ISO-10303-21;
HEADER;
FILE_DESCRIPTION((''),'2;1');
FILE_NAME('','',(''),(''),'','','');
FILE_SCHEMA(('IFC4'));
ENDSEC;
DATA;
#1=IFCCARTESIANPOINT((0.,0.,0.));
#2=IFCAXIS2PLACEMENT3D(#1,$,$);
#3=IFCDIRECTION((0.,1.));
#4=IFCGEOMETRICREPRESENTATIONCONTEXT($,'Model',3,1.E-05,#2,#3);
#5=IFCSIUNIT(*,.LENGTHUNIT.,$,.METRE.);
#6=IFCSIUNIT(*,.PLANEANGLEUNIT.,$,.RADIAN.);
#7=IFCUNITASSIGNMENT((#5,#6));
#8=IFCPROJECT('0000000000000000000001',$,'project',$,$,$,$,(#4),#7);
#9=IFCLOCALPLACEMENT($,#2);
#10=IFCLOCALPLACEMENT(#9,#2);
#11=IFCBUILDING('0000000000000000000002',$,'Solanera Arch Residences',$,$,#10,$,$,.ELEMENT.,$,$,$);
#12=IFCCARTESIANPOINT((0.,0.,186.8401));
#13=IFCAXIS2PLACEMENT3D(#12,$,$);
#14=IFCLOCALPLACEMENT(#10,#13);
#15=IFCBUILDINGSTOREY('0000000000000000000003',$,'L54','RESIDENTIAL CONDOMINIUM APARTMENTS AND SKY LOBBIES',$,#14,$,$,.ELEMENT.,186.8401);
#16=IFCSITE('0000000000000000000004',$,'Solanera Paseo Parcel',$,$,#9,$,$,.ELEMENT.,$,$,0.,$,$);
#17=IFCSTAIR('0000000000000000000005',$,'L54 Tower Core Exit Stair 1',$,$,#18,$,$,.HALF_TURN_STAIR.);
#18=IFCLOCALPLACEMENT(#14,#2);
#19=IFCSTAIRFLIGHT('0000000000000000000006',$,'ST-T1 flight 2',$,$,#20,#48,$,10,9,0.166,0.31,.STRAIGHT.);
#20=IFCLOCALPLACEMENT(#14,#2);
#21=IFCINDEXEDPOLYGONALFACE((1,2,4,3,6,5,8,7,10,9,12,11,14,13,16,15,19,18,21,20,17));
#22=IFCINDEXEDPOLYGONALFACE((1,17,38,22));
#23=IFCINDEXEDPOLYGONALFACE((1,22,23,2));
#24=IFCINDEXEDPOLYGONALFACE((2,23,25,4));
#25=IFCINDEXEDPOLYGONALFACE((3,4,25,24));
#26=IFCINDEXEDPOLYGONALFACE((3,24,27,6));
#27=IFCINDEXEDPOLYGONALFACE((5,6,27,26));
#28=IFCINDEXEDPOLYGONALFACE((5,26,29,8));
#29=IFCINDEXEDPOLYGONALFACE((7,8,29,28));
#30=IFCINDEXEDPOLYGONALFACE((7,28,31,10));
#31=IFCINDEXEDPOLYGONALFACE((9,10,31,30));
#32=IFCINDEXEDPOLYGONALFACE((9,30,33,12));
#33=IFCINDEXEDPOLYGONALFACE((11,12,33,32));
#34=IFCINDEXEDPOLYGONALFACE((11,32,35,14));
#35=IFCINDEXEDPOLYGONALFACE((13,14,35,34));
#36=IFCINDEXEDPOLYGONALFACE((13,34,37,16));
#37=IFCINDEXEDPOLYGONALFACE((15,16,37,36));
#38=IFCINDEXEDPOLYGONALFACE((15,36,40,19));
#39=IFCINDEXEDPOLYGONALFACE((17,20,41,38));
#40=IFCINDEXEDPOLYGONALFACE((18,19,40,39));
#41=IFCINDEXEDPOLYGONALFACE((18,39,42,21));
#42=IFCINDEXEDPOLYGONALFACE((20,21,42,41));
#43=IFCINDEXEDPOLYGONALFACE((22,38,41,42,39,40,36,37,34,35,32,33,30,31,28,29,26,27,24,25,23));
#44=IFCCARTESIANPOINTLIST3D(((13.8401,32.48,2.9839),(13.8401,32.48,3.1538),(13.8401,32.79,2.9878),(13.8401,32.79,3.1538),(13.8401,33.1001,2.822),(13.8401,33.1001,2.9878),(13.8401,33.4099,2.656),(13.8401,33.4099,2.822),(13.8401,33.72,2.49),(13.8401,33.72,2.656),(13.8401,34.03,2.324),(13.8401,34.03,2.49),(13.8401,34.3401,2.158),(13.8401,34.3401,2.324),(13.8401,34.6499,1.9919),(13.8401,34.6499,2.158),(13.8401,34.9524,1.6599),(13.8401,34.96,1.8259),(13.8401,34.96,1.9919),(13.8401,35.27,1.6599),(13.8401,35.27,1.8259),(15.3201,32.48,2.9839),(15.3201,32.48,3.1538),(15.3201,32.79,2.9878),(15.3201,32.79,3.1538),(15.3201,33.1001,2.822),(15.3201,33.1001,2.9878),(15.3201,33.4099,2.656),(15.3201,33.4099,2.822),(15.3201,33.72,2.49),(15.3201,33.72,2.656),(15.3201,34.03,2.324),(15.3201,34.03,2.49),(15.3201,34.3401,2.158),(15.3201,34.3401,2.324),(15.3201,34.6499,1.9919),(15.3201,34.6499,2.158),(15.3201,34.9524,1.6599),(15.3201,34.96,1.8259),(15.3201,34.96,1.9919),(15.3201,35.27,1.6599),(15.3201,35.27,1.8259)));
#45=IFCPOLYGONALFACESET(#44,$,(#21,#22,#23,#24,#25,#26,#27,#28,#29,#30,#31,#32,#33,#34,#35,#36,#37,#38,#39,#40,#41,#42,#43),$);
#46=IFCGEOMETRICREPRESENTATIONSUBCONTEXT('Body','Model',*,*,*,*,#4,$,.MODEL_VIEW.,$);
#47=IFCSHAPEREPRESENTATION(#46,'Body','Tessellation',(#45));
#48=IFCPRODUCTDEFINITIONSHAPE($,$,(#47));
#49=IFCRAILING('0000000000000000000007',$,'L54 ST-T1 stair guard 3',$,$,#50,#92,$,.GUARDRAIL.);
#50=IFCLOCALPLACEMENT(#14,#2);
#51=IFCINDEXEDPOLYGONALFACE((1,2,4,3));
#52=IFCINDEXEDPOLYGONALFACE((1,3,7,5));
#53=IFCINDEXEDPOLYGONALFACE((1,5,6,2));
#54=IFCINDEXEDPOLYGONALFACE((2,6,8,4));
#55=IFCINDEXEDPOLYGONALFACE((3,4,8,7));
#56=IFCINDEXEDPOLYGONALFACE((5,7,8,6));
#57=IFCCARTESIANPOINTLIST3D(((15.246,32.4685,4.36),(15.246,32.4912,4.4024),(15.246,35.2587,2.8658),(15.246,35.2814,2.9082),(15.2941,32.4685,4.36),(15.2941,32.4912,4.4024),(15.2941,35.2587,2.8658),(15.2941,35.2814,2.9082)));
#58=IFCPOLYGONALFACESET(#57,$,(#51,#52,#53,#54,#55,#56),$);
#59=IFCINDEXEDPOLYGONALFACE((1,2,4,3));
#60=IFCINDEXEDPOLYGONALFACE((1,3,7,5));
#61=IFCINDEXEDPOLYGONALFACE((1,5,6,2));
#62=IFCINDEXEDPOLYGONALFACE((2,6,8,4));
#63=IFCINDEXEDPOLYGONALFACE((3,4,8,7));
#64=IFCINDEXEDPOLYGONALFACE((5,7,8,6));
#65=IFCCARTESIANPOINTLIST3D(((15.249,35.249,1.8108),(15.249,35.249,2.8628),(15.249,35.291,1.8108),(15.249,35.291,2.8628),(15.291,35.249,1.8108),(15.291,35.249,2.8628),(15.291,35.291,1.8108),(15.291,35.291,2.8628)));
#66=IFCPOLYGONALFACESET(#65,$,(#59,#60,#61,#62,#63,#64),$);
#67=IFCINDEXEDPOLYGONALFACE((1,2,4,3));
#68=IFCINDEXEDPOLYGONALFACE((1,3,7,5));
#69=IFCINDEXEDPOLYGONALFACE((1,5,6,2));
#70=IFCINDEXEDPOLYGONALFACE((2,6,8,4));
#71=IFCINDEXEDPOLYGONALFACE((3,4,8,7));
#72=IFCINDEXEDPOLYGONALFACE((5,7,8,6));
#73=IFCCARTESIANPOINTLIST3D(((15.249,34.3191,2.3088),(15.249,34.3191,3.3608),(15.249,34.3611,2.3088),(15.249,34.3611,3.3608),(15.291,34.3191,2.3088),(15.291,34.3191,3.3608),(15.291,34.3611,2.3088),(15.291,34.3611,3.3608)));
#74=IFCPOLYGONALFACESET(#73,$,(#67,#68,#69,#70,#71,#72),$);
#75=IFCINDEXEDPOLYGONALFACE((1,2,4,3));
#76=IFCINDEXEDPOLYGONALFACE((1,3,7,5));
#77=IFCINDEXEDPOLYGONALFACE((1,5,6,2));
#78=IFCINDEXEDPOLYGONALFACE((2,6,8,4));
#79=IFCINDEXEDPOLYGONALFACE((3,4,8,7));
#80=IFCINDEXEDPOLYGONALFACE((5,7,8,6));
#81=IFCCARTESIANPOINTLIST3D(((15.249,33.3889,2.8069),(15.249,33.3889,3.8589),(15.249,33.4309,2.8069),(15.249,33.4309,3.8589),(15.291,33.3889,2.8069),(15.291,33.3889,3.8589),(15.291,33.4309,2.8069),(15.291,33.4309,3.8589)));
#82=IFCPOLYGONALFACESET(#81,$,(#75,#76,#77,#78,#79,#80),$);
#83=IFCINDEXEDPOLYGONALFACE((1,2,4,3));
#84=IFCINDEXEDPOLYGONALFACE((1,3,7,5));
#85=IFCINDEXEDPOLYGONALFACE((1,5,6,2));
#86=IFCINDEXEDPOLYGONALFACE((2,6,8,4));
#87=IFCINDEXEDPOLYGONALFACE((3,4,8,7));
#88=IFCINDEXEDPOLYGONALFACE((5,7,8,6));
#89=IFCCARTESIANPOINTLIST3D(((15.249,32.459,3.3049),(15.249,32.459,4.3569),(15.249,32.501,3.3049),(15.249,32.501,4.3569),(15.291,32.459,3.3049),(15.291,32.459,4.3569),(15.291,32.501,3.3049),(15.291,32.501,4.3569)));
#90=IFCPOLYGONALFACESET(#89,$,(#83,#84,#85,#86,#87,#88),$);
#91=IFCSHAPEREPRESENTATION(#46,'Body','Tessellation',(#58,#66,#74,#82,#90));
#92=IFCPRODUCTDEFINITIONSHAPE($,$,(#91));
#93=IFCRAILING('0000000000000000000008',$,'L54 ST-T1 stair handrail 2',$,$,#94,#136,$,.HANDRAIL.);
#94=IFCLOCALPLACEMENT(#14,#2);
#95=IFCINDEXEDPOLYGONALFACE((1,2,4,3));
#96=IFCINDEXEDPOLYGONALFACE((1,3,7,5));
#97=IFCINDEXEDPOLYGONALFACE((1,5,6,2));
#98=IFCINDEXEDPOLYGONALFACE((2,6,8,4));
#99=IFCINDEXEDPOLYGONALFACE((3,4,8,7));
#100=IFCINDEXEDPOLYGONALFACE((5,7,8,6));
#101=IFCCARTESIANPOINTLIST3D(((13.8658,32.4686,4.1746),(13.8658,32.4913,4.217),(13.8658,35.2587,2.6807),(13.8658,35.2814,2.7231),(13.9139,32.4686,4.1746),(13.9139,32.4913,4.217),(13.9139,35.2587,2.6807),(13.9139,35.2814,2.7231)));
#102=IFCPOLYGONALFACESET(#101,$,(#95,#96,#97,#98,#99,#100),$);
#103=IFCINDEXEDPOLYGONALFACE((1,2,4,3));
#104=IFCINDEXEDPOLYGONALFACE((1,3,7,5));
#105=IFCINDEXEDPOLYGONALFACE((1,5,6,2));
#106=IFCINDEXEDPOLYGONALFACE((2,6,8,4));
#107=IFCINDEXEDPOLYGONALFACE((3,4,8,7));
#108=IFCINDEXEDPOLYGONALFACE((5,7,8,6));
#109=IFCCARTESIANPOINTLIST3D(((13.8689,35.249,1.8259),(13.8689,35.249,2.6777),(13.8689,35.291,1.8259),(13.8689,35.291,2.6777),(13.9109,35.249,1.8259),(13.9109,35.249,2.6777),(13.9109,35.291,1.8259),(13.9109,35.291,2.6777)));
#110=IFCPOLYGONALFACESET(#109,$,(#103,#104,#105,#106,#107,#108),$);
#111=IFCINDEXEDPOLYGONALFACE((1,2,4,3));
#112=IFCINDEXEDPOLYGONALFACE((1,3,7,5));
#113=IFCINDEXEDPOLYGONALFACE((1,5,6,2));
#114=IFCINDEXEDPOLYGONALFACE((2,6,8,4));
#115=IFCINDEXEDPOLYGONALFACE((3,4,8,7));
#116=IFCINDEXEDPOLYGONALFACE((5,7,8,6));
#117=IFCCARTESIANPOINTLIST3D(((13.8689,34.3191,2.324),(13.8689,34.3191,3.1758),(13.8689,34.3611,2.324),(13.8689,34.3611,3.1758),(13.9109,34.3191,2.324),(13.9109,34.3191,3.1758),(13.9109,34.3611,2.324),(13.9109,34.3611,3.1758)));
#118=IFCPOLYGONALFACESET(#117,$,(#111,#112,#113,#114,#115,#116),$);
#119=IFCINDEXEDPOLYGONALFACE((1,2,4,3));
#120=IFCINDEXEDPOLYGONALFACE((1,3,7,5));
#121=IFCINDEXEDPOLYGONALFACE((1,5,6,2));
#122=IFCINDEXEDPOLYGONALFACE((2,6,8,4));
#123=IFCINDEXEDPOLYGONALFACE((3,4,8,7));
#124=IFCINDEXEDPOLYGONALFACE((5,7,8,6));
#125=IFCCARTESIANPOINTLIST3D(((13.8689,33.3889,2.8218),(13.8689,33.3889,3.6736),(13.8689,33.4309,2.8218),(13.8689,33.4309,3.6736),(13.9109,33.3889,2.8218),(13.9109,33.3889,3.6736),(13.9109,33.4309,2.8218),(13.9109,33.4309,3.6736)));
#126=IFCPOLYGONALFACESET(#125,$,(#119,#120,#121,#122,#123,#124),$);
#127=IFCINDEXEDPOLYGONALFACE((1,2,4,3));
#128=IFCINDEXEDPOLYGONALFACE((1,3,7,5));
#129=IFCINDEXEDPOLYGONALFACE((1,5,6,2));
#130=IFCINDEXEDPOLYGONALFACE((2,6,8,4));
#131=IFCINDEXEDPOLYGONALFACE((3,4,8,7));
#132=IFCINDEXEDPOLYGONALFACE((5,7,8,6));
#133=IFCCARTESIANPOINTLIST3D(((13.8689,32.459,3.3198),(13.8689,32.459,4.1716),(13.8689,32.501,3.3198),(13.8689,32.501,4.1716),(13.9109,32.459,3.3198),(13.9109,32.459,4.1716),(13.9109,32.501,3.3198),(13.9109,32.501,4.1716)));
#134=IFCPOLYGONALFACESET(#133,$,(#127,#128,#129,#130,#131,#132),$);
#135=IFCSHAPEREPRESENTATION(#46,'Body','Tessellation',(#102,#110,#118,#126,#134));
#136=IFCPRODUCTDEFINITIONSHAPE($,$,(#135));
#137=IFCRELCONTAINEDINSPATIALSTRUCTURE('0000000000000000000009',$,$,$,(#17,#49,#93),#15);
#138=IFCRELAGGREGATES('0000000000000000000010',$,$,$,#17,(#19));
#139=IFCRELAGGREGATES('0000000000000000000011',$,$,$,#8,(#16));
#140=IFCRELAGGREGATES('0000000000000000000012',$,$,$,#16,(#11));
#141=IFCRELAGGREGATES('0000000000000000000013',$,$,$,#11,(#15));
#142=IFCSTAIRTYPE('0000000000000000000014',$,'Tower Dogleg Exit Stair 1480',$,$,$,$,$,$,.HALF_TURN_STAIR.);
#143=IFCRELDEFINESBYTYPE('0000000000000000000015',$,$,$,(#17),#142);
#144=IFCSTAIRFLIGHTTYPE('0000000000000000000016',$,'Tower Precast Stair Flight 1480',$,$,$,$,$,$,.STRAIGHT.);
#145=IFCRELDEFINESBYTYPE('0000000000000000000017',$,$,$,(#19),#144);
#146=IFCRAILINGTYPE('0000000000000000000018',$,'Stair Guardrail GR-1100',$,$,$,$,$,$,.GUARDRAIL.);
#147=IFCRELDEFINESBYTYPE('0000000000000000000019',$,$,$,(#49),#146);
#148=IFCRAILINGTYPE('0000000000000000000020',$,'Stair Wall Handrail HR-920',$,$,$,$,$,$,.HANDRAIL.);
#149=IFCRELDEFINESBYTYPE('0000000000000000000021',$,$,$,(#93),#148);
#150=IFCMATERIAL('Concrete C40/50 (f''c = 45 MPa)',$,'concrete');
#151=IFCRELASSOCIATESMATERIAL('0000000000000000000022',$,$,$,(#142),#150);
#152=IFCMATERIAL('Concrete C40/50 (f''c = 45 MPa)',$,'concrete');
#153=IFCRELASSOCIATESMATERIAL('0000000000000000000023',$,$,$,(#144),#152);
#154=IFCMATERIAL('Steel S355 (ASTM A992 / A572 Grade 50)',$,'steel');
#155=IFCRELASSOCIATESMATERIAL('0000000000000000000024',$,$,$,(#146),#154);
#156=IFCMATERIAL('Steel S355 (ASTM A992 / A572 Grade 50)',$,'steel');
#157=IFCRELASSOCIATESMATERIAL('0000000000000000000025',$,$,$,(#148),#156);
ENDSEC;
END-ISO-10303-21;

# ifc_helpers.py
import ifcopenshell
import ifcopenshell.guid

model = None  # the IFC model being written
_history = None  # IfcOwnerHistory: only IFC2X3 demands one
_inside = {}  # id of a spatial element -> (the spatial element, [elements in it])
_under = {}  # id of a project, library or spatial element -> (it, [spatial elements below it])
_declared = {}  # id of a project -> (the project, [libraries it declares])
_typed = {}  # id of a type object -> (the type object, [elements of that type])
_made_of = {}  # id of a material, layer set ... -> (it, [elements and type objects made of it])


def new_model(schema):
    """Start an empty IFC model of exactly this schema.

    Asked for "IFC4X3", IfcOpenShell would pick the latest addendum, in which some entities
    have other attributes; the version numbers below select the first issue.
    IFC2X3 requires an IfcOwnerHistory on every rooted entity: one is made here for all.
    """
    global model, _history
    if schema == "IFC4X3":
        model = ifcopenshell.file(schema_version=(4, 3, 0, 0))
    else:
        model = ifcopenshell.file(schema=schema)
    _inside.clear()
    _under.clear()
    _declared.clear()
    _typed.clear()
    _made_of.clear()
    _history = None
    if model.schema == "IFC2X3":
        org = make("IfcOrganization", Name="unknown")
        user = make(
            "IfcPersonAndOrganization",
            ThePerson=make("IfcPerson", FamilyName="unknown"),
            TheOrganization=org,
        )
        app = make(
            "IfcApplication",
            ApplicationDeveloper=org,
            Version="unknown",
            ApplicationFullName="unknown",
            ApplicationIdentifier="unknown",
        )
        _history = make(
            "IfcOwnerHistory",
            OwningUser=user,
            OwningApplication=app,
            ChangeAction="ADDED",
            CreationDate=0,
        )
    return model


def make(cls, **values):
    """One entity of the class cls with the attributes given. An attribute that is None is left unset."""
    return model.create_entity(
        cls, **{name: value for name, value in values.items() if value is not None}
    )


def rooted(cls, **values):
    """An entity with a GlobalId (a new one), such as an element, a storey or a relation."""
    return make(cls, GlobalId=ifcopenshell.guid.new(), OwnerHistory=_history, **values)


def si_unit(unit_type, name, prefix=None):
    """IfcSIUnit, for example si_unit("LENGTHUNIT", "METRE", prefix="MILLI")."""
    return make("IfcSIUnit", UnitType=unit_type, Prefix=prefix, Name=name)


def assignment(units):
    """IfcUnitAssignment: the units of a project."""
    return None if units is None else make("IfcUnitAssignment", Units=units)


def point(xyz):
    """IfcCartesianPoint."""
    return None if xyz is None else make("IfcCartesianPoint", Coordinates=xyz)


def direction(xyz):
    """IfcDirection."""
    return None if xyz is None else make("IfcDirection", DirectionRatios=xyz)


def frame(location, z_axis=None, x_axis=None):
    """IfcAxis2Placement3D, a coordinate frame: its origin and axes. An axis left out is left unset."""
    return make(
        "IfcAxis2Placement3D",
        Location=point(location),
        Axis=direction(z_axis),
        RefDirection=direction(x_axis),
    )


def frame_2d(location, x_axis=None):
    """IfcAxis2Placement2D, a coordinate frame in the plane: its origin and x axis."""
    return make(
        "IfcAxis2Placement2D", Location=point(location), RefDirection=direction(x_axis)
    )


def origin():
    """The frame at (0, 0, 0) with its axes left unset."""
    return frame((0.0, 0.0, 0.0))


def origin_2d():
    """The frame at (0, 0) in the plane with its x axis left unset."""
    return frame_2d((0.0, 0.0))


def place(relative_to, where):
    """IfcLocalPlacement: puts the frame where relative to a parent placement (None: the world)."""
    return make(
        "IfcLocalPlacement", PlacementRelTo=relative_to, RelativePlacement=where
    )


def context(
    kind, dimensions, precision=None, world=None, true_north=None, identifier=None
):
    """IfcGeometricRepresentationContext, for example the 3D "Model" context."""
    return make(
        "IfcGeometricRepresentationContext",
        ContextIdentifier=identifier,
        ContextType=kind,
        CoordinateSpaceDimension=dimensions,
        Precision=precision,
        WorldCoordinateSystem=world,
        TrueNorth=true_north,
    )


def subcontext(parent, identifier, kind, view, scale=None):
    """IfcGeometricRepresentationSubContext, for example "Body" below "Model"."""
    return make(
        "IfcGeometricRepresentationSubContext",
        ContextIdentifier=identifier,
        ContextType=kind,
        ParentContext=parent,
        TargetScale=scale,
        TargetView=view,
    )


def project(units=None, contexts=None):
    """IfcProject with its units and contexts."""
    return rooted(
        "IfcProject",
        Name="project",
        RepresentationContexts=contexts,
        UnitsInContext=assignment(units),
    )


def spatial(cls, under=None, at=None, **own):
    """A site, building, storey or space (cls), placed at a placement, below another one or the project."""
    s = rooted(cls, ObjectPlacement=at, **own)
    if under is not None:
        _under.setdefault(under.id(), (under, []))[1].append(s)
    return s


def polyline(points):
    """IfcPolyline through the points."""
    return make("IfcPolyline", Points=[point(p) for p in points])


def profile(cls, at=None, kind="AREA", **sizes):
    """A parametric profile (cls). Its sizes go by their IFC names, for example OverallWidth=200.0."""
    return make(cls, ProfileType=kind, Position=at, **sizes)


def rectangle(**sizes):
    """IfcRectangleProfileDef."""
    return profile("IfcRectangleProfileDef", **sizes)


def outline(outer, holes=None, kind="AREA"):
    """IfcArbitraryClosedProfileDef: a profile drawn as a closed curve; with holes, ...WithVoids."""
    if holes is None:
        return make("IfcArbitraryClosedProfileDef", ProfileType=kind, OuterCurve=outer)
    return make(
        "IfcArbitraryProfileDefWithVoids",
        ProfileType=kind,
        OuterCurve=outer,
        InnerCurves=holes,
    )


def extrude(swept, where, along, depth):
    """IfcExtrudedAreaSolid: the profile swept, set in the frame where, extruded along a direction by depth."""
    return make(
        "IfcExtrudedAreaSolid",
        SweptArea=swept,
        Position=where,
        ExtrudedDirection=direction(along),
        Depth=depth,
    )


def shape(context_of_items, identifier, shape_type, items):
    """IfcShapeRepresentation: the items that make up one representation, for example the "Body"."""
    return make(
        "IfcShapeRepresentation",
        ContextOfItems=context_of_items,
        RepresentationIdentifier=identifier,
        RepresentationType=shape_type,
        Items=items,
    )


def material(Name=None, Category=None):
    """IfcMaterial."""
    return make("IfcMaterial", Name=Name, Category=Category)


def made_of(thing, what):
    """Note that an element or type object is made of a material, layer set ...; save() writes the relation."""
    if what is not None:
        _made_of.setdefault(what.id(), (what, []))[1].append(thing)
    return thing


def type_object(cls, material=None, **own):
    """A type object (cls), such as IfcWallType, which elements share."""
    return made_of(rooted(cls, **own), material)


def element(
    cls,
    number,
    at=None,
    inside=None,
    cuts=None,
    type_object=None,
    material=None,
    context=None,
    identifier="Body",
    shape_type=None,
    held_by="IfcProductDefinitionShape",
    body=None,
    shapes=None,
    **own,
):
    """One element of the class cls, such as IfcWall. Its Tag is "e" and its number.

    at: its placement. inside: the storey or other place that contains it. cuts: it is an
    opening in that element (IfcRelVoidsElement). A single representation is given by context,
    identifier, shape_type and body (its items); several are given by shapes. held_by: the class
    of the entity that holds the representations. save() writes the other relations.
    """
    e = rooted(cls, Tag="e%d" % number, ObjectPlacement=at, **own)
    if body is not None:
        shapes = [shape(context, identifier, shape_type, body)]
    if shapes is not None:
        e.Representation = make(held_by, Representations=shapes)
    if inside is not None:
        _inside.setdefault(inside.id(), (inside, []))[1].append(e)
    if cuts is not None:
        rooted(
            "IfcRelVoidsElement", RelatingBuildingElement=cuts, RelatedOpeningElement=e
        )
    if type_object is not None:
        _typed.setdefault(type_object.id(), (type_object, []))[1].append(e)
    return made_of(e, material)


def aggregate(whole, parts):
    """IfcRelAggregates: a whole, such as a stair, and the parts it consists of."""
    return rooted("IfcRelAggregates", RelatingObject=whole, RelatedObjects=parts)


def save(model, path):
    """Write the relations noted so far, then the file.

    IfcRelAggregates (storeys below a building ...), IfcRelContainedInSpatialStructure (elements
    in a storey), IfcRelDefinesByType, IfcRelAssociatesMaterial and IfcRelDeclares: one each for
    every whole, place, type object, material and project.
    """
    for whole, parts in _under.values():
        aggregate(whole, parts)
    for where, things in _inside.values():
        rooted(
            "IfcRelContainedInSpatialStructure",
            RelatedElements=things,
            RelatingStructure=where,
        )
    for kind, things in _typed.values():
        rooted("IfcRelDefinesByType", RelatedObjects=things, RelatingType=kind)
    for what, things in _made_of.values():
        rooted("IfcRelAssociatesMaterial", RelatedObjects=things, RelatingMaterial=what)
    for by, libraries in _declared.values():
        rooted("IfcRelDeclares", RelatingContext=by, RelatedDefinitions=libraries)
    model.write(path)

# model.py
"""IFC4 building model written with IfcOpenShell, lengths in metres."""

from ifc_helpers import new_model, si_unit, direction, frame, origin, origin_2d, place, context, subcontext, project, spatial, polyline, rectangle, outline, extrude, material, type_object, element, aggregate, save


model = new_model("IFC4")

# Units and contexts
model_context = context("Model", 3, precision=1e-05, world=origin(), true_north=direction((0.0, 1.0)))
body_context = subcontext(model_context, "Body", "Model", "MODEL_VIEW")
ifc_project = project(units=[si_unit("LENGTHUNIT", "METRE"), si_unit("PLANEANGLEUNIT", "RADIAN")], contexts=[model_context])

# Site, building, storey
site_placement = place(None, origin())
site = spatial("IfcSite", under=ifc_project, at=site_placement, Name="Solanera Paseo Parcel", CompositionType="ELEMENT", RefElevation=0.0)
building_placement = place(site_placement, origin())
building = spatial("IfcBuilding", under=site, at=building_placement, Name="Solanera Arch Residences", CompositionType="ELEMENT")
storey_placement = place(building_placement, frame((0.0, 0.0, 186.8401)))
storey = spatial("IfcBuildingStorey", under=building, at=storey_placement, Name="L54", Description="RESIDENTIAL CONDOMINIUM APARTMENTS AND SKY LOBBIES", CompositionType="ELEMENT", Elevation=186.8401)

# Stair, stair flight
ifc_material_1 = material(Name="Concrete C40/50 (f'c = 45 MPa)", Category="concrete")
stair_type = type_object("IfcStairType", Name="Tower Dogleg Exit Stair 1480", PredefinedType="HALF_TURN_STAIR", material=ifc_material_1)
stair_placement = place(storey_placement, origin())
stair = element("IfcStair", 1, at=stair_placement, inside=storey, type_object=stair_type, Name="L54 Tower Core Exit Stair 1", PredefinedType="HALF_TURN_STAIR")
ifc_material_2 = material(Name="Concrete C40/50 (f'c = 45 MPa)", Category="concrete")
stair_flight_type = type_object("IfcStairFlightType", Name="Tower Precast Stair Flight 1480", PredefinedType="STRAIGHT", material=ifc_material_2)
stair_flight_placement = place(storey_placement, frame((14.5801, 35.27, 1.6599), z_axis=(0.0, 0.0, 1.0), x_axis=(0.0, -1.0, 0.0)))
stair_flight = element("IfcStairFlight", 2, at=stair_flight_placement, type_object=stair_flight_type, Name="ST-T1 flight 2", NumberOfRisers=10, NumberOfTreads=9, PredefinedType="STRAIGHT", RiserHeight=0.166, TreadLength=0.31, context=body_context, shape_type="SweptSolid", body=[
    extrude(outline(polyline([(0.0, 0.0), (0.0, 0.166), (0.3101, 0.166), (0.3101, 0.332), (0.6201, 0.332), (0.6201, 0.498), (0.9299, 0.498), (0.9299, 0.6641), (1.24, 0.6641), (1.24, 0.8301), (1.55, 0.8301), (1.55, 0.9961), (1.8601, 0.9961), (1.8601, 1.1621), (2.1699, 1.1621), (2.1699, 1.3279), (2.48, 1.3279), (2.48, 1.4939), (2.79, 1.4939), (2.79, 1.6599), (2.79, 1.324), (0.3176, 0.0), (0.0, 0.0)])), frame((0.0, 0.74, 0.0), z_axis=(0.0, -1.0, 0.0), x_axis=(1.0, 0.0, 0.0)), (0.0, 0.0, 1.0), 1.48),
])
aggregate(stair, [stair_flight])

# Railings
ifc_material_3 = material(Name="Steel S355 (ASTM A992 / A572 Grade 50)", Category="steel")
railing_type_1 = type_object("IfcRailingType", Name="Stair Guardrail GR-1100", PredefinedType="GUARDRAIL", material=ifc_material_3)
railing_1_placement = place(storey_placement, frame((15.27, 35.27, 1.8108)))
element("IfcRailing", 3, at=railing_1_placement, inside=storey, type_object=railing_type_1, Name="L54 ST-T1 stair guard 3", PredefinedType="GUARDRAIL", context=body_context, shape_type="SweptSolid", body=[
    extrude(rectangle(XDim=0.0481, YDim=0.0481, at=origin_2d()), frame((0.0, 0.0, 1.0762), z_axis=(0.0, -0.881549, 0.472093), x_axis=(1.0, 0.0, 0.0)), (0.0, 0.0, 1.0), 3.165),
    extrude(rectangle(XDim=0.042, YDim=0.042, at=origin_2d()), origin(), (0.0, 0.0, 1.0), 1.052),
    extrude(rectangle(XDim=0.042, YDim=0.042, at=origin_2d()), frame((0.0, -0.9299, 0.498)), (0.0, 0.0, 1.0), 1.052),
    extrude(rectangle(XDim=0.042, YDim=0.042, at=origin_2d()), frame((0.0, -1.8601, 0.9961)), (0.0, 0.0, 1.0), 1.052),
    extrude(rectangle(XDim=0.042, YDim=0.042, at=origin_2d()), frame((0.0, -2.79, 1.4941)), (0.0, 0.0, 1.0), 1.052),
])
ifc_material_4 = material(Name="Steel S355 (ASTM A992 / A572 Grade 50)", Category="steel")
railing_type_2 = type_object("IfcRailingType", Name="Stair Wall Handrail HR-920", PredefinedType="HANDRAIL", material=ifc_material_4)
railing_2_placement = place(storey_placement, frame((13.8899, 35.27, 1.8259)))
element("IfcRailing", 4, at=railing_2_placement, inside=storey, type_object=railing_type_2, Name="L54 ST-T1 stair handrail 2", PredefinedType="HANDRAIL", context=body_context, shape_type="SweptSolid", body=[
    extrude(rectangle(XDim=0.0481, YDim=0.0481, at=origin_2d()), frame((0.0, 0.0, 0.876), z_axis=(0.0, -0.881581, 0.472033), x_axis=(1.0, 0.0, 0.0)), (0.0, 0.0, 1.0), 3.1648),
    extrude(rectangle(XDim=0.042, YDim=0.042, at=origin_2d()), origin(), (0.0, 0.0, 1.0), 0.8518),
    extrude(rectangle(XDim=0.042, YDim=0.042, at=origin_2d()), frame((0.0, -0.9299, 0.498)), (0.0, 0.0, 1.0), 0.8518),
    extrude(rectangle(XDim=0.042, YDim=0.042, at=origin_2d()), frame((0.0, -1.8601, 0.9958)), (0.0, 0.0, 1.0), 0.8518),
    extrude(rectangle(XDim=0.042, YDim=0.042, at=origin_2d()), frame((0.0, -2.79, 1.4939)), (0.0, 0.0, 1.0), 0.8518),
])

save(model, "model.ifc")
